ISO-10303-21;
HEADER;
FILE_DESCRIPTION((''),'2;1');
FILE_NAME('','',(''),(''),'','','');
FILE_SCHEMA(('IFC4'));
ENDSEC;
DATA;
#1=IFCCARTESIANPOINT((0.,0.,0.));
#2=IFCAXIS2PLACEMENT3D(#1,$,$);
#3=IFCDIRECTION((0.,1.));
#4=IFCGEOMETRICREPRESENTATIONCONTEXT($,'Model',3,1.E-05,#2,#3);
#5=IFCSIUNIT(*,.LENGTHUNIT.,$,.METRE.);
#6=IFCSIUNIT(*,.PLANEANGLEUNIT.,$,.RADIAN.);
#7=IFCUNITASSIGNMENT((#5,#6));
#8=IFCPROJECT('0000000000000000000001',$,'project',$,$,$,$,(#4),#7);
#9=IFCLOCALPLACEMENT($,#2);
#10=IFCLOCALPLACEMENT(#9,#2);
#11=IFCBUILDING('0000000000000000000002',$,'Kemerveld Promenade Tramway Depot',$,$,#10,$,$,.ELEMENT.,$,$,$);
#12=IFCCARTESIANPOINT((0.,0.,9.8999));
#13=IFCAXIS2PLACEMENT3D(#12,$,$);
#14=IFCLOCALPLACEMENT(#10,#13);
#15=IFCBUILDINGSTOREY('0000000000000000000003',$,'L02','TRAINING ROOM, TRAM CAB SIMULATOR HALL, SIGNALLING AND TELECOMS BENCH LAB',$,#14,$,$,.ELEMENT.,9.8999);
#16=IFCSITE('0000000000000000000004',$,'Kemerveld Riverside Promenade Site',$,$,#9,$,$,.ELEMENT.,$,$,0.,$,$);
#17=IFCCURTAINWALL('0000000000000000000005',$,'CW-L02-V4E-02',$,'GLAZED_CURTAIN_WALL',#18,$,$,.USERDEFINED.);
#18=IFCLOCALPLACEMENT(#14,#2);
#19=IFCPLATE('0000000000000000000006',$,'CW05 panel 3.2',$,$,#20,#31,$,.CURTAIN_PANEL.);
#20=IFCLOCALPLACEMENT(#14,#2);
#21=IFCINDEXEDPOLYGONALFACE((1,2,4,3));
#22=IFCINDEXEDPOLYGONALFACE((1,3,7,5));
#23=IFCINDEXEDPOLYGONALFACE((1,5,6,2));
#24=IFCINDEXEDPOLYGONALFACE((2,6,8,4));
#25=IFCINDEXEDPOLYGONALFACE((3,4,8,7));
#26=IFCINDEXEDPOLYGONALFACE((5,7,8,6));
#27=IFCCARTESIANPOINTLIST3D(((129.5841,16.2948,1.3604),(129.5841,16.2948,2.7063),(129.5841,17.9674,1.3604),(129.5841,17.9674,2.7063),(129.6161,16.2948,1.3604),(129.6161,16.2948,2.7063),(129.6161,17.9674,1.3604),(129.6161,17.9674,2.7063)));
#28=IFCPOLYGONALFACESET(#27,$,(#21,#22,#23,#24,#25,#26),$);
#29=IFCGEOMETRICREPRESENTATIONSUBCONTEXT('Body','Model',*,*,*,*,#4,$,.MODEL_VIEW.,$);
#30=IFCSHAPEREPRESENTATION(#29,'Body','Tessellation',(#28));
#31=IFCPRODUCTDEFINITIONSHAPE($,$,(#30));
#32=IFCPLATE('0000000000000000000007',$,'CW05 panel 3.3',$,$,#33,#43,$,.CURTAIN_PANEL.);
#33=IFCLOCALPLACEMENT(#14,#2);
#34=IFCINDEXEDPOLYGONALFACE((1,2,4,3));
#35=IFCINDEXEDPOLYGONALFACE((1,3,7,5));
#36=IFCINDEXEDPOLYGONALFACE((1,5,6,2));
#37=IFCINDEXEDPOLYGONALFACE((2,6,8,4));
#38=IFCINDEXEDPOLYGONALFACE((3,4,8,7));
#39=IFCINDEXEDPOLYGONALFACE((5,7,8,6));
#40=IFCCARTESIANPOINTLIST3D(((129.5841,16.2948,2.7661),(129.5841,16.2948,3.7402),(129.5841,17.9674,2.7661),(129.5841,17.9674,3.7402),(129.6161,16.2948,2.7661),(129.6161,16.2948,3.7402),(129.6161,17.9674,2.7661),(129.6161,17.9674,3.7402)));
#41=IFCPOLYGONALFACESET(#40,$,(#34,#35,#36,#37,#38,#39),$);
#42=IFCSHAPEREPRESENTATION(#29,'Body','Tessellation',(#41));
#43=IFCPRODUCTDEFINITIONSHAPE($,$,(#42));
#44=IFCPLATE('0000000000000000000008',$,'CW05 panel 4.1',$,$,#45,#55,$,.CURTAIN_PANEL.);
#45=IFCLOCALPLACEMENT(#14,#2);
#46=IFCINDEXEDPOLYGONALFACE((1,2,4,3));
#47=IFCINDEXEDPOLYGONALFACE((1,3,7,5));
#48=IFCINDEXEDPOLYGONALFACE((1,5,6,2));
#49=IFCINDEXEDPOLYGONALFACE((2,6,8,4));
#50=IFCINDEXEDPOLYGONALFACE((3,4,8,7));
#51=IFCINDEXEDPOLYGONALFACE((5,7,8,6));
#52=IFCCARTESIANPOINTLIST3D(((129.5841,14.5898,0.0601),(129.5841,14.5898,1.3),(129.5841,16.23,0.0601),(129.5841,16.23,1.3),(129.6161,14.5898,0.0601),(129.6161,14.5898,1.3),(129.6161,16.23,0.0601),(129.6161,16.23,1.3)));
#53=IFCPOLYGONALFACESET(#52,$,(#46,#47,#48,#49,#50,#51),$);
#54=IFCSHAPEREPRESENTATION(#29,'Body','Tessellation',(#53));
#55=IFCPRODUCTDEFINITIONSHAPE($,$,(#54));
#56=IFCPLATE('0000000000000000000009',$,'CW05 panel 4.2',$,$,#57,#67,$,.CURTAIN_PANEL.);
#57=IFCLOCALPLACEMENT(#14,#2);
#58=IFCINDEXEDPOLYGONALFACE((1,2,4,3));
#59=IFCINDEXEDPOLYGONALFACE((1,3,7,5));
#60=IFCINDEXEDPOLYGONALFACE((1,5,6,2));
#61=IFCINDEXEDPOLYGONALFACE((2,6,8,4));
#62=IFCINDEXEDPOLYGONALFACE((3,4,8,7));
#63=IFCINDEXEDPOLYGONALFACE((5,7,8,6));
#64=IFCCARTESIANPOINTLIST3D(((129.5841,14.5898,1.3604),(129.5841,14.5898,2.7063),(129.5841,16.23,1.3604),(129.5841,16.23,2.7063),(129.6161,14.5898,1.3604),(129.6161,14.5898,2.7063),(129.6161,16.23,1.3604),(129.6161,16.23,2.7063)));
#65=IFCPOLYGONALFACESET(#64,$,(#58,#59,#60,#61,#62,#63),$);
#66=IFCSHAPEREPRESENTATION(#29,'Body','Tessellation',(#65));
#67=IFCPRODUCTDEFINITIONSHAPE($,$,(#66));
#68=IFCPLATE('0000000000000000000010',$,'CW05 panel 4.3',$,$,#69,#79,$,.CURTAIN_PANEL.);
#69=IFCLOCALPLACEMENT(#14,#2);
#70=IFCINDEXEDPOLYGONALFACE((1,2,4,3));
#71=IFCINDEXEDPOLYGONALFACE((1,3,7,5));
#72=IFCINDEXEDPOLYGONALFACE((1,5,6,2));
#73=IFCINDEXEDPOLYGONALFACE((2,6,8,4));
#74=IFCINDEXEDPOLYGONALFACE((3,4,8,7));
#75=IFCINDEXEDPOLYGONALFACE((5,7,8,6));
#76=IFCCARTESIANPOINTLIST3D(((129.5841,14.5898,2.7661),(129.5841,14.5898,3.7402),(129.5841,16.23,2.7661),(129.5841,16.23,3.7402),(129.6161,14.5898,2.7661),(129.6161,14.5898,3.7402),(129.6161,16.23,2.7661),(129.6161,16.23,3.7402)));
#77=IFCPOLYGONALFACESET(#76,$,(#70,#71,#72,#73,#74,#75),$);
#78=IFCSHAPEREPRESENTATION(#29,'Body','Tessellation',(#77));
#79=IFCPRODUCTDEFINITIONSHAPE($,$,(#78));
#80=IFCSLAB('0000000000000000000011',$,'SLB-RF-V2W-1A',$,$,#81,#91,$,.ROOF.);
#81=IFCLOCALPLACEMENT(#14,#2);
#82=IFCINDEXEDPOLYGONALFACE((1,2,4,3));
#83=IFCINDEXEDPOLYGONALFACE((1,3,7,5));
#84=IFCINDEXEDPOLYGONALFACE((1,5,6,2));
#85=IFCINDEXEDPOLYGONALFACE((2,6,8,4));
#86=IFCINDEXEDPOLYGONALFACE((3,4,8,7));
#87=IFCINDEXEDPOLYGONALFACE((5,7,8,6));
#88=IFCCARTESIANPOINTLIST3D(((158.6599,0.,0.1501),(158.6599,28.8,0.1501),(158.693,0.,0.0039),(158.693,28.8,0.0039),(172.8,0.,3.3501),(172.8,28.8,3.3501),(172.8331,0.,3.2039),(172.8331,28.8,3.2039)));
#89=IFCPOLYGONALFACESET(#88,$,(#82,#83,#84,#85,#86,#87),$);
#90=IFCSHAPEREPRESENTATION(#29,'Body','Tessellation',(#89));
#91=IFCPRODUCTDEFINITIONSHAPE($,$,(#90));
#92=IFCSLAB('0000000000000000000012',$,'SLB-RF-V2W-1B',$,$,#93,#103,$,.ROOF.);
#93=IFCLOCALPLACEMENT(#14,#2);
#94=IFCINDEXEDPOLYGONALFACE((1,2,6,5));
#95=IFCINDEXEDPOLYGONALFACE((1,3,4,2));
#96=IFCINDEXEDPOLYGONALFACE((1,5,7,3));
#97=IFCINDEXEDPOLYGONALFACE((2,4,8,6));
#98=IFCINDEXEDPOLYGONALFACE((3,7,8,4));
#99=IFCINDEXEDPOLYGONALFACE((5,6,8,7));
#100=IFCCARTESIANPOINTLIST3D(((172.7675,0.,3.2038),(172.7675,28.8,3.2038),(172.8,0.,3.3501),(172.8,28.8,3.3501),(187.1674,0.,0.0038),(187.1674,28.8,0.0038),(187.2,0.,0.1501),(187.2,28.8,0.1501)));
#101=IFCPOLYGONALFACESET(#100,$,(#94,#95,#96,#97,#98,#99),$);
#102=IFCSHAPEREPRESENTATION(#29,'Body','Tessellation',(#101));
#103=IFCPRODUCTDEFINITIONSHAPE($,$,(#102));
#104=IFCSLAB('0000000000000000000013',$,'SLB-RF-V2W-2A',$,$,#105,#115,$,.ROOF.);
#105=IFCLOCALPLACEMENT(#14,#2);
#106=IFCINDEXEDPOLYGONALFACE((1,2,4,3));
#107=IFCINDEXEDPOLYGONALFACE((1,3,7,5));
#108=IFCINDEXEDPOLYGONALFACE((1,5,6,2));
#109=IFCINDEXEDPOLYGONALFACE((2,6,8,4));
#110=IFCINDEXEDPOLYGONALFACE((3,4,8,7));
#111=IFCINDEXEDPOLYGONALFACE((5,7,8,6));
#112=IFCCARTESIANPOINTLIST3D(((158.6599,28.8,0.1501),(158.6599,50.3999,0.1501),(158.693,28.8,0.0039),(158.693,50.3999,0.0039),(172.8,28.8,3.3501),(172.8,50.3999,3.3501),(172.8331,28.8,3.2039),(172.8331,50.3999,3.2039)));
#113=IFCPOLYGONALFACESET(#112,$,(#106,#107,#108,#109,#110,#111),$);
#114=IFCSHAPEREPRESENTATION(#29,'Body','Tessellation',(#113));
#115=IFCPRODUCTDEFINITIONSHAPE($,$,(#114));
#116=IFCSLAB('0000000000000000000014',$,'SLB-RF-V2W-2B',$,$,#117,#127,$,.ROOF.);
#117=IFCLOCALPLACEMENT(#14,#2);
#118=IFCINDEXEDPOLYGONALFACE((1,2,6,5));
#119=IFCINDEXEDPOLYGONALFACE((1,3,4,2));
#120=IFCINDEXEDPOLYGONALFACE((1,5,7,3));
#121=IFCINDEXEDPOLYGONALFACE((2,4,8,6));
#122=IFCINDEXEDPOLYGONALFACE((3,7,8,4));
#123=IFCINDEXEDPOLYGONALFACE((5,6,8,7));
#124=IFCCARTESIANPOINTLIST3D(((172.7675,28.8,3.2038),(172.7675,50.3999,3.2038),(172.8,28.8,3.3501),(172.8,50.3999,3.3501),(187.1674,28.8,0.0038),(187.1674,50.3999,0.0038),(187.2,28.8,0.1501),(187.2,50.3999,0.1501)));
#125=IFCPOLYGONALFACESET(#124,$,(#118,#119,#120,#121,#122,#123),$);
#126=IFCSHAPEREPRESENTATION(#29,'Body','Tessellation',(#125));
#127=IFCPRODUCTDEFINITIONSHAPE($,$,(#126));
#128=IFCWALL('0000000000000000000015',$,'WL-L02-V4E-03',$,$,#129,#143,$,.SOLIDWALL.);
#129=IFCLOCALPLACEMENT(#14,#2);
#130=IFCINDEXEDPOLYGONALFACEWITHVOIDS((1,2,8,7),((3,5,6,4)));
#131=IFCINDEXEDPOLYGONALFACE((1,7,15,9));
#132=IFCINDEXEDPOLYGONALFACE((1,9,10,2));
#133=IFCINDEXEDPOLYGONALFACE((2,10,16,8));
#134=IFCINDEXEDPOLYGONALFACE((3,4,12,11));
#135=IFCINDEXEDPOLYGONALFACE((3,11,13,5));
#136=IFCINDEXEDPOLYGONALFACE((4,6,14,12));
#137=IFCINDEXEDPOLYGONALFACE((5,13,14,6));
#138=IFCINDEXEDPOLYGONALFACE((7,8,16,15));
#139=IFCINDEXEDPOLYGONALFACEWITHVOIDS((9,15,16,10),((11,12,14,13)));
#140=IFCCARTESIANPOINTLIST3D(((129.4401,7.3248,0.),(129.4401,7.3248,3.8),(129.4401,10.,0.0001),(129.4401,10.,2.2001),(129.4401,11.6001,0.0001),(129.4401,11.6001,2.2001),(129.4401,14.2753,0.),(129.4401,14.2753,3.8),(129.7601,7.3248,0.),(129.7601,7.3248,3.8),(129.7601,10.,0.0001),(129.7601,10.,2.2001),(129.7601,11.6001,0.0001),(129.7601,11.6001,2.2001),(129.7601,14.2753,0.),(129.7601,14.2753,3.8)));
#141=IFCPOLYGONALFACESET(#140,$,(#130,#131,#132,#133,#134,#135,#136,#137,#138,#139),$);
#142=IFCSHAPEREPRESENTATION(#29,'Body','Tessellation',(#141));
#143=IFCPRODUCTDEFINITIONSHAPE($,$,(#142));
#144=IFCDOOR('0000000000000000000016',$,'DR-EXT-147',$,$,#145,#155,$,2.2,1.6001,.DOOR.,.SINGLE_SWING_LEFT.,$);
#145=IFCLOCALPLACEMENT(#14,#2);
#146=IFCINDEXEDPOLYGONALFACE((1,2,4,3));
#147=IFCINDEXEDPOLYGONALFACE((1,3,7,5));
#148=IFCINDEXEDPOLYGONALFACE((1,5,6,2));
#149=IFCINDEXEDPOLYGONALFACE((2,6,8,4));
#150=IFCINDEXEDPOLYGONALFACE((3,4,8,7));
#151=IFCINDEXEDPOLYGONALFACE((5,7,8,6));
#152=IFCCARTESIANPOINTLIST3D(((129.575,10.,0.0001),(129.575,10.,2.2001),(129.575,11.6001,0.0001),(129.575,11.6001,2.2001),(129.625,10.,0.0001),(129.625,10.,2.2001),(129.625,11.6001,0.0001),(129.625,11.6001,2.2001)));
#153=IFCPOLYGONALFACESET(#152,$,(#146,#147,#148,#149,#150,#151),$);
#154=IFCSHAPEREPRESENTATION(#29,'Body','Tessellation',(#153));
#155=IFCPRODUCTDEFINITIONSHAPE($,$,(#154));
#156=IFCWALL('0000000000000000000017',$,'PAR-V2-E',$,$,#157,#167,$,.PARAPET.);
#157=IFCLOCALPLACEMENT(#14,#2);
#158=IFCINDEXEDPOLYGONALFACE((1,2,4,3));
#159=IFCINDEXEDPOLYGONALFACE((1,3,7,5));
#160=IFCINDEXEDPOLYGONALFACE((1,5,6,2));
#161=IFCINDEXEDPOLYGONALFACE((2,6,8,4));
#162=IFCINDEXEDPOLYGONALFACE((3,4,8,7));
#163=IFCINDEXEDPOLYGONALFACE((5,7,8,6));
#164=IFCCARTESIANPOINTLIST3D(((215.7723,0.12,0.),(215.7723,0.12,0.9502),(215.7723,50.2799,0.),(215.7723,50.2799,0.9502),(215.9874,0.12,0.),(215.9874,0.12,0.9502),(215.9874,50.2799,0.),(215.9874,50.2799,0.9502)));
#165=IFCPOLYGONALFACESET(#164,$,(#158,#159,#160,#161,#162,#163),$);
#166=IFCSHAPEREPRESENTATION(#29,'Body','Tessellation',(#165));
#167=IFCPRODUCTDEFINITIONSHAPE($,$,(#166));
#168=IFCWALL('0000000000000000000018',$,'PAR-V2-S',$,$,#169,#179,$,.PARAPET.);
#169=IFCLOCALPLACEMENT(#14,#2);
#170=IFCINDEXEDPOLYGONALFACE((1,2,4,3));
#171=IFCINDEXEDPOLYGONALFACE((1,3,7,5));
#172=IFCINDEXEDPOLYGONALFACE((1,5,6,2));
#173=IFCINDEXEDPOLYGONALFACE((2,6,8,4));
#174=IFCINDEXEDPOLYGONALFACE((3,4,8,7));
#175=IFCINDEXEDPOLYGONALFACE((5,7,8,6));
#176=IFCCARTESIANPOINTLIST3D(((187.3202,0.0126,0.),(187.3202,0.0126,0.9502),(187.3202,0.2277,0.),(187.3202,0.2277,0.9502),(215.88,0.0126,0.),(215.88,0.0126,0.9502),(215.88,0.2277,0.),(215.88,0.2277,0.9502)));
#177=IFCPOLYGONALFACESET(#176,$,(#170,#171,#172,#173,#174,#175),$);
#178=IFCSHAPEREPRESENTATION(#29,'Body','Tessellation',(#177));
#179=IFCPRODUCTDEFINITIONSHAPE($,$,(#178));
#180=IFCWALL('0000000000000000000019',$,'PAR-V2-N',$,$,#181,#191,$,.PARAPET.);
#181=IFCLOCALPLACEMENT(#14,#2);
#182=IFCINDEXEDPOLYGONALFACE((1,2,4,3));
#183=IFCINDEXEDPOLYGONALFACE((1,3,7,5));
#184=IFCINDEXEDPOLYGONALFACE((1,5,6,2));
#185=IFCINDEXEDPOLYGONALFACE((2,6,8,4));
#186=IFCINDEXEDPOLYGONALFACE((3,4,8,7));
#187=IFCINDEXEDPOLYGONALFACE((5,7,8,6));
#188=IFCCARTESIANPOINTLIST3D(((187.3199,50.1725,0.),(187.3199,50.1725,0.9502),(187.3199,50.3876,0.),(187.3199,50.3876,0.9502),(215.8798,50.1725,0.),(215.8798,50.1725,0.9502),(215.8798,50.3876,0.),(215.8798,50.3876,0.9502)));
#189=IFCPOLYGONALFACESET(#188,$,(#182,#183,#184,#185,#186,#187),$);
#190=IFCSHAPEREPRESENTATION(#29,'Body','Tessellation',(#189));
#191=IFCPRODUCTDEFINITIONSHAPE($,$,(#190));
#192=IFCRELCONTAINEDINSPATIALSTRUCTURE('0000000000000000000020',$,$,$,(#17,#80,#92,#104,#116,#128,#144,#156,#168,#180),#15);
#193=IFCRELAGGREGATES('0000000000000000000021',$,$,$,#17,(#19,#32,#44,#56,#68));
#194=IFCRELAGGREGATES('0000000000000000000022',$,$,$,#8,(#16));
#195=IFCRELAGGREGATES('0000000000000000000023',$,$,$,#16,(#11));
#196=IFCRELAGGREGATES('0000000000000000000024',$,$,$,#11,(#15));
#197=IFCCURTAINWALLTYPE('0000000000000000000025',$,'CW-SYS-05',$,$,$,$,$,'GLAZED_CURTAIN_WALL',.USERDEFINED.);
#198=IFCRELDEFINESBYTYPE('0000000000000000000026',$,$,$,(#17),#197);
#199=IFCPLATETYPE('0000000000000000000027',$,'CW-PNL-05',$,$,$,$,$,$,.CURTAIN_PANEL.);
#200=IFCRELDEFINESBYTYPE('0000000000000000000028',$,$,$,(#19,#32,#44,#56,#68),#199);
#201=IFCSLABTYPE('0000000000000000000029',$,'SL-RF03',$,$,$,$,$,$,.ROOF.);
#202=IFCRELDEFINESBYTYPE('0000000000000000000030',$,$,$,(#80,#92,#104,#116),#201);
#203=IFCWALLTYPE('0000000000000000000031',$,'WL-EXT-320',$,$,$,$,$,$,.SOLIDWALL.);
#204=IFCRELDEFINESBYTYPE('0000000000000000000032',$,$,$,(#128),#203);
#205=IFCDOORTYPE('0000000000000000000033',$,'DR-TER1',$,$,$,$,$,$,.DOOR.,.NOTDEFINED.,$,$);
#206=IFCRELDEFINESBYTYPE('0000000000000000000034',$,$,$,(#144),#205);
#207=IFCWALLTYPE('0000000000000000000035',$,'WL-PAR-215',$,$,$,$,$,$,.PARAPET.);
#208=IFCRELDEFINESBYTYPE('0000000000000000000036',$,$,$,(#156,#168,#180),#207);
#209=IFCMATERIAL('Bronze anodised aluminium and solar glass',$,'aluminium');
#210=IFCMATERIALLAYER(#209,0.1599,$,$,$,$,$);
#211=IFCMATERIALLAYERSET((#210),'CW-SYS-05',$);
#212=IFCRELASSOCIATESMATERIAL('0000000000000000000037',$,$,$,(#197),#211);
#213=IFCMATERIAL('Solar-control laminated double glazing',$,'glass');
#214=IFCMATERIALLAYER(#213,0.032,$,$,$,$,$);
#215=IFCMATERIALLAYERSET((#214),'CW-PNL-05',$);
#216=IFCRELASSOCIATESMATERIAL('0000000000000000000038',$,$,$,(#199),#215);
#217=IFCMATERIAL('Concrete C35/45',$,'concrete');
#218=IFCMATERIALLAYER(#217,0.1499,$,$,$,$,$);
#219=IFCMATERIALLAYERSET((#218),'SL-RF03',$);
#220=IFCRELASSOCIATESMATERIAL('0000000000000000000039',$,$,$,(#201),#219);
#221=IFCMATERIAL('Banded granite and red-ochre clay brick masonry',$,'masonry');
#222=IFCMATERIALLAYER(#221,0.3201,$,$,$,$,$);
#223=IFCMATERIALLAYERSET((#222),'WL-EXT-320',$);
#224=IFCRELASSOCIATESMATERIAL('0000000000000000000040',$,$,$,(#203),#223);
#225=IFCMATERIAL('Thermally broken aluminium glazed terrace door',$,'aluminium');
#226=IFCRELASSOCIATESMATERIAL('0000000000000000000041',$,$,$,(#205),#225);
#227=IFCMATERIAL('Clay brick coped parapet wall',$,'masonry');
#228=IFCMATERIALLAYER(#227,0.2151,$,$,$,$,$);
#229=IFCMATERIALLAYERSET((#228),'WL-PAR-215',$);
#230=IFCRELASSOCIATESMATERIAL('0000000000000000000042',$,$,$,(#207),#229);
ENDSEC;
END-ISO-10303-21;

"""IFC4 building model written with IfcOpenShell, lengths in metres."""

from ifc_helpers import new_model, si_unit, direction, frame, frame_2d, origin, origin_2d, place, context, subcontext, project, spatial, polyline, rectangle, outline, extrude, material, layer, layer_set, type_object, element, fill, aggregate, save


model = new_model("IFC4")

# Units and contexts
model_context = context("Model", 3, precision=1e-05, world=origin(), true_north=direction((0.0, 1.0)))
body_context = subcontext(model_context, "Body", "Model", "MODEL_VIEW")
ifc_project = project(units=[si_unit("LENGTHUNIT", "METRE"), si_unit("PLANEANGLEUNIT", "RADIAN")], contexts=[model_context])

# Site, building, storey
site_placement = place(None, origin())
site = spatial("IfcSite", under=ifc_project, at=site_placement, Name="Kemerveld Riverside Promenade Site", CompositionType="ELEMENT", RefElevation=0.0)
building_placement = place(site_placement, origin())
building = spatial("IfcBuilding", under=site, at=building_placement, Name="Kemerveld Promenade Tramway Depot", CompositionType="ELEMENT")
storey_placement = place(building_placement, frame((0.0, 0.0, 9.8999)))
storey = spatial("IfcBuildingStorey", under=building, at=storey_placement, Name="L02", Description="TRAINING ROOM, TRAM CAB SIMULATOR HALL, SIGNALLING AND TELECOMS BENCH LAB", CompositionType="ELEMENT", Elevation=9.8999)

# Curtain wall, plates
ifc_material_1 = material(Name="Bronze anodised aluminium and solar glass", Category="aluminium")
ifc_layer_1 = layer(ifc_material_1, 0.1599)
ifc_layer_set_1 = layer_set([ifc_layer_1], Name="CW-SYS-05")
curtain_wall_type = type_object("IfcCurtainWallType", Name="CW-SYS-05", ElementType="GLAZED_CURTAIN_WALL", PredefinedType="USERDEFINED", material=ifc_layer_set_1)
curtain_wall_placement = place(storey_placement, origin())
curtain_wall = element("IfcCurtainWall", 1, at=curtain_wall_placement, inside=storey, type_object=curtain_wall_type, Name="CW-L02-V4E-02", ObjectType="GLAZED_CURTAIN_WALL", PredefinedType="USERDEFINED")
ifc_material_2 = material(Name="Solar-control laminated double glazing", Category="glass")
ifc_layer_2 = layer(ifc_material_2, 0.032)
ifc_layer_set_2 = layer_set([ifc_layer_2], Name="CW-PNL-05")
plate_type = type_object("IfcPlateType", Name="CW-PNL-05", PredefinedType="CURTAIN_PANEL", material=ifc_layer_set_2)
plate_1_placement = place(storey_placement, frame((129.6001, 17.1311, 1.3604), z_axis=(0.0, 0.0, 1.0), x_axis=(0.0, -1.0, 0.0)))
plate_1 = element("IfcPlate", 2, at=plate_1_placement, type_object=plate_type, Name="CW05 panel 3.2", PredefinedType="CURTAIN_PANEL", context=body_context, shape_type="SweptSolid", body=[
    extrude(rectangle(XDim=1.6726, YDim=0.032, at=origin_2d()), origin(), (0.0, 0.0, 1.0), 1.3459),
])
plate_2_placement = place(storey_placement, frame((129.6001, 17.1311, 2.7661), z_axis=(0.0, 0.0, 1.0), x_axis=(0.0, -1.0, 0.0)))
plate_2 = element("IfcPlate", 3, at=plate_2_placement, type_object=plate_type, Name="CW05 panel 3.3", PredefinedType="CURTAIN_PANEL", context=body_context, shape_type="SweptSolid", body=[
    extrude(rectangle(XDim=1.6726, YDim=0.032, at=origin_2d()), origin(), (0.0, 0.0, 1.0), 0.9741),
])
plate_3_placement = place(storey_placement, frame((129.6001, 15.4099, 0.0601), z_axis=(0.0, 0.0, 1.0), x_axis=(0.0, -1.0, 0.0)))
plate_3 = element("IfcPlate", 4, at=plate_3_placement, type_object=plate_type, Name="CW05 panel 4.1", PredefinedType="CURTAIN_PANEL", context=body_context, shape_type="SweptSolid", body=[
    extrude(rectangle(XDim=1.6401, YDim=0.032, at=origin_2d()), origin(), (0.0, 0.0, 1.0), 1.24),
])
plate_4_placement = place(storey_placement, frame((129.6001, 15.4099, 1.3604), z_axis=(0.0, 0.0, 1.0), x_axis=(0.0, -1.0, 0.0)))
plate_4 = element("IfcPlate", 5, at=plate_4_placement, type_object=plate_type, Name="CW05 panel 4.2", PredefinedType="CURTAIN_PANEL", context=body_context, shape_type="SweptSolid", body=[
    extrude(rectangle(XDim=1.6401, YDim=0.032, at=origin_2d()), origin(), (0.0, 0.0, 1.0), 1.3459),
])
plate_5_placement = place(storey_placement, frame((129.6001, 15.4099, 2.7661), z_axis=(0.0, 0.0, 1.0), x_axis=(0.0, -1.0, 0.0)))
plate_5 = element("IfcPlate", 6, at=plate_5_placement, type_object=plate_type, Name="CW05 panel 4.3", PredefinedType="CURTAIN_PANEL", context=body_context, shape_type="SweptSolid", body=[
    extrude(rectangle(XDim=1.6401, YDim=0.032, at=origin_2d()), origin(), (0.0, 0.0, 1.0), 0.9741),
])
aggregate(curtain_wall, [plate_1, plate_2, plate_3, plate_4, plate_5])

# Slabs
ifc_material_3 = material(Name="Concrete C35/45", Category="concrete")
ifc_layer_3 = layer(ifc_material_3, 0.1499)
ifc_layer_set_3 = layer_set([ifc_layer_3], Name="SL-RF03")
slab_type = type_object("IfcSlabType", Name="SL-RF03", PredefinedType="ROOF", material=ifc_layer_set_3)
slab_1_placement = place(storey_placement, frame((158.6599, 0.0, 0.1501), z_axis=(-0.220721, 0.0, 0.975337), x_axis=(0.975337, 0.0, 0.220721)))
element("IfcSlab", 7, at=slab_1_placement, inside=storey, type_object=slab_type, Name="SLB-RF-V2W-1A", PredefinedType="ROOF", context=body_context, shape_type="SweptSolid", body=[
    extrude(outline(polyline([(0.0, 0.0), (14.4977, 0.0), (14.4977, 28.8), (0.0, 28.8), (0.0, 0.0)])), origin(), (0.0, 0.0, -1.0), 0.1499),
])
slab_2_placement = place(storey_placement, frame((172.8, 0.0, 3.3501), z_axis=(0.216929, 0.0, 0.976187), x_axis=(0.976187, 0.0, -0.216929)))
element("IfcSlab", 8, at=slab_2_placement, inside=storey, type_object=slab_type, Name="SLB-RF-V2W-1B", PredefinedType="ROOF", context=body_context, shape_type="SweptSolid", body=[
    extrude(outline(polyline([(0.0, 0.0), (14.7512, 0.0), (14.7512, 28.8), (0.0, 28.8), (0.0, 0.0)])), origin(), (0.0, 0.0, -1.0), 0.1499),
])
slab_3_placement = place(storey_placement, frame((158.6599, 28.8, 0.1501), z_axis=(-0.220721, 0.0, 0.975337), x_axis=(0.975337, 0.0, 0.220721)))
element("IfcSlab", 9, at=slab_3_placement, inside=storey, type_object=slab_type, Name="SLB-RF-V2W-2A", PredefinedType="ROOF", context=body_context, shape_type="SweptSolid", body=[
    extrude(outline(polyline([(0.0, 0.0), (14.4977, 0.0), (14.4977, 21.5999), (0.0, 21.5999), (0.0, 0.0)])), origin(), (0.0, 0.0, -1.0), 0.1499),
])
slab_4_placement = place(storey_placement, frame((172.8, 28.8, 3.3501), z_axis=(0.216929, 0.0, 0.976187), x_axis=(0.976187, 0.0, -0.216929)))
element("IfcSlab", 10, at=slab_4_placement, inside=storey, type_object=slab_type, Name="SLB-RF-V2W-2B", PredefinedType="ROOF", context=body_context, shape_type="SweptSolid", body=[
    extrude(outline(polyline([(0.0, 0.0), (14.7512, 0.0), (14.7512, 21.5999), (0.0, 21.5999), (0.0, 0.0)])), origin(), (0.0, 0.0, -1.0), 0.1499),
])

# Wall, opening, door
ifc_material_4 = material(Name="Banded granite and red-ochre clay brick masonry", Category="masonry")
ifc_layer_4 = layer(ifc_material_4, 0.3201)
ifc_layer_set_4 = layer_set([ifc_layer_4], Name="WL-EXT-320")
wall_type_1 = type_object("IfcWallType", Name="WL-EXT-320", PredefinedType="SOLIDWALL", material=ifc_layer_set_4)
wall_1_placement = place(storey_placement, frame((129.6001, 14.2751, 0.0), z_axis=(0.0, 0.0, 1.0), x_axis=(0.0, -1.0, 0.0)))
wall_1 = element("IfcWall", 11, at=wall_1_placement, inside=storey, type_object=wall_type_1, Name="WL-L02-V4E-03", PredefinedType="SOLIDWALL", context=body_context, shape_type="SweptSolid", body=[
    extrude(rectangle(XDim=6.9504, YDim=0.3201, at=frame_2d((3.4751, 0.0))), origin(), (0.0, 0.0, 1.0), 3.8),
])
opening_placement = place(wall_1_placement, frame((2.675, 0.0, 0.0)))
opening = element("IfcOpeningElement", 12, at=opening_placement, cuts=wall_1, PredefinedType="OPENING", context=body_context, shape_type="SweptSolid", body=[
    extrude(rectangle(XDim=1.6001, YDim=2.2, at=frame_2d((0.8, 1.1001))), frame((0.0, 0.1699, 0.0), z_axis=(0.0, -1.0, 0.0), x_axis=(1.0, 0.0, 0.0)), (0.0, 0.0, 1.0), 0.3401),
])
ifc_material_5 = material(Name="Thermally broken aluminium glazed terrace door", Category="aluminium")
door_type = type_object("IfcDoorType", Name="DR-TER1", OperationType="NOTDEFINED", PredefinedType="DOOR", material=ifc_material_5)
door_placement = place(opening_placement, origin())
door = element("IfcDoor", 13, at=door_placement, inside=storey, type_object=door_type, Name="DR-EXT-147", OperationType="SINGLE_SWING_LEFT", OverallHeight=2.2, OverallWidth=1.6001, PredefinedType="DOOR", context=body_context, shape_type="SweptSolid", body=[
    extrude(rectangle(XDim=1.6001, YDim=2.2, at=frame_2d((0.8, 1.1001))), frame((0.0, 0.0249, 0.0), z_axis=(0.0, -1.0, 0.0), x_axis=(1.0, 0.0, 0.0)), (0.0, 0.0, 1.0), 0.05),
])
fill(opening, door)

# Walls
ifc_material_6 = material(Name="Clay brick coped parapet wall", Category="masonry")
ifc_layer_5 = layer(ifc_material_6, 0.2151)
ifc_layer_set_5 = layer_set([ifc_layer_5], Name="WL-PAR-215")
wall_type_2 = type_object("IfcWallType", Name="WL-PAR-215", PredefinedType="PARAPET", material=ifc_layer_set_5)
wall_2_placement = place(storey_placement, frame((215.8799, 50.28, 0.0), z_axis=(0.0, 0.0, 1.0), x_axis=(0.0, -1.0, 0.0)))
element("IfcWall", 14, at=wall_2_placement, inside=storey, type_object=wall_type_2, Name="PAR-V2-E", PredefinedType="PARAPET", context=body_context, shape_type="SweptSolid", body=[
    extrude(rectangle(XDim=50.1599, YDim=0.2151, at=frame_2d((25.0801, 0.0))), origin(), (0.0, 0.0, 1.0), 0.9502),
])
for number, where, z_axis, x_axis, name in (
    (15, (215.8799, 0.1201, 0.0), (0.0, 0.0, 1.0), (-1.0, 0.0, 0.0), "PAR-V2-S"),
    (16, (187.3201, 50.28, 0.0), (0.0, 0.0, 1.0), (1.0, 0.0, 0.0), "PAR-V2-N"),
):
    element("IfcWall", number, at=place(storey_placement, frame(where, z_axis=z_axis, x_axis=x_axis)), inside=storey, type_object=wall_type_2, Name=name, PredefinedType="PARAPET", context=body_context, shape_type="SweptSolid", body=[
        extrude(rectangle(XDim=28.5598, YDim=0.2151, at=frame_2d((14.2798, 0.0))), origin(), (0.0, 0.0, 1.0), 0.9502),
    ])

save(model, "model.ifc")
